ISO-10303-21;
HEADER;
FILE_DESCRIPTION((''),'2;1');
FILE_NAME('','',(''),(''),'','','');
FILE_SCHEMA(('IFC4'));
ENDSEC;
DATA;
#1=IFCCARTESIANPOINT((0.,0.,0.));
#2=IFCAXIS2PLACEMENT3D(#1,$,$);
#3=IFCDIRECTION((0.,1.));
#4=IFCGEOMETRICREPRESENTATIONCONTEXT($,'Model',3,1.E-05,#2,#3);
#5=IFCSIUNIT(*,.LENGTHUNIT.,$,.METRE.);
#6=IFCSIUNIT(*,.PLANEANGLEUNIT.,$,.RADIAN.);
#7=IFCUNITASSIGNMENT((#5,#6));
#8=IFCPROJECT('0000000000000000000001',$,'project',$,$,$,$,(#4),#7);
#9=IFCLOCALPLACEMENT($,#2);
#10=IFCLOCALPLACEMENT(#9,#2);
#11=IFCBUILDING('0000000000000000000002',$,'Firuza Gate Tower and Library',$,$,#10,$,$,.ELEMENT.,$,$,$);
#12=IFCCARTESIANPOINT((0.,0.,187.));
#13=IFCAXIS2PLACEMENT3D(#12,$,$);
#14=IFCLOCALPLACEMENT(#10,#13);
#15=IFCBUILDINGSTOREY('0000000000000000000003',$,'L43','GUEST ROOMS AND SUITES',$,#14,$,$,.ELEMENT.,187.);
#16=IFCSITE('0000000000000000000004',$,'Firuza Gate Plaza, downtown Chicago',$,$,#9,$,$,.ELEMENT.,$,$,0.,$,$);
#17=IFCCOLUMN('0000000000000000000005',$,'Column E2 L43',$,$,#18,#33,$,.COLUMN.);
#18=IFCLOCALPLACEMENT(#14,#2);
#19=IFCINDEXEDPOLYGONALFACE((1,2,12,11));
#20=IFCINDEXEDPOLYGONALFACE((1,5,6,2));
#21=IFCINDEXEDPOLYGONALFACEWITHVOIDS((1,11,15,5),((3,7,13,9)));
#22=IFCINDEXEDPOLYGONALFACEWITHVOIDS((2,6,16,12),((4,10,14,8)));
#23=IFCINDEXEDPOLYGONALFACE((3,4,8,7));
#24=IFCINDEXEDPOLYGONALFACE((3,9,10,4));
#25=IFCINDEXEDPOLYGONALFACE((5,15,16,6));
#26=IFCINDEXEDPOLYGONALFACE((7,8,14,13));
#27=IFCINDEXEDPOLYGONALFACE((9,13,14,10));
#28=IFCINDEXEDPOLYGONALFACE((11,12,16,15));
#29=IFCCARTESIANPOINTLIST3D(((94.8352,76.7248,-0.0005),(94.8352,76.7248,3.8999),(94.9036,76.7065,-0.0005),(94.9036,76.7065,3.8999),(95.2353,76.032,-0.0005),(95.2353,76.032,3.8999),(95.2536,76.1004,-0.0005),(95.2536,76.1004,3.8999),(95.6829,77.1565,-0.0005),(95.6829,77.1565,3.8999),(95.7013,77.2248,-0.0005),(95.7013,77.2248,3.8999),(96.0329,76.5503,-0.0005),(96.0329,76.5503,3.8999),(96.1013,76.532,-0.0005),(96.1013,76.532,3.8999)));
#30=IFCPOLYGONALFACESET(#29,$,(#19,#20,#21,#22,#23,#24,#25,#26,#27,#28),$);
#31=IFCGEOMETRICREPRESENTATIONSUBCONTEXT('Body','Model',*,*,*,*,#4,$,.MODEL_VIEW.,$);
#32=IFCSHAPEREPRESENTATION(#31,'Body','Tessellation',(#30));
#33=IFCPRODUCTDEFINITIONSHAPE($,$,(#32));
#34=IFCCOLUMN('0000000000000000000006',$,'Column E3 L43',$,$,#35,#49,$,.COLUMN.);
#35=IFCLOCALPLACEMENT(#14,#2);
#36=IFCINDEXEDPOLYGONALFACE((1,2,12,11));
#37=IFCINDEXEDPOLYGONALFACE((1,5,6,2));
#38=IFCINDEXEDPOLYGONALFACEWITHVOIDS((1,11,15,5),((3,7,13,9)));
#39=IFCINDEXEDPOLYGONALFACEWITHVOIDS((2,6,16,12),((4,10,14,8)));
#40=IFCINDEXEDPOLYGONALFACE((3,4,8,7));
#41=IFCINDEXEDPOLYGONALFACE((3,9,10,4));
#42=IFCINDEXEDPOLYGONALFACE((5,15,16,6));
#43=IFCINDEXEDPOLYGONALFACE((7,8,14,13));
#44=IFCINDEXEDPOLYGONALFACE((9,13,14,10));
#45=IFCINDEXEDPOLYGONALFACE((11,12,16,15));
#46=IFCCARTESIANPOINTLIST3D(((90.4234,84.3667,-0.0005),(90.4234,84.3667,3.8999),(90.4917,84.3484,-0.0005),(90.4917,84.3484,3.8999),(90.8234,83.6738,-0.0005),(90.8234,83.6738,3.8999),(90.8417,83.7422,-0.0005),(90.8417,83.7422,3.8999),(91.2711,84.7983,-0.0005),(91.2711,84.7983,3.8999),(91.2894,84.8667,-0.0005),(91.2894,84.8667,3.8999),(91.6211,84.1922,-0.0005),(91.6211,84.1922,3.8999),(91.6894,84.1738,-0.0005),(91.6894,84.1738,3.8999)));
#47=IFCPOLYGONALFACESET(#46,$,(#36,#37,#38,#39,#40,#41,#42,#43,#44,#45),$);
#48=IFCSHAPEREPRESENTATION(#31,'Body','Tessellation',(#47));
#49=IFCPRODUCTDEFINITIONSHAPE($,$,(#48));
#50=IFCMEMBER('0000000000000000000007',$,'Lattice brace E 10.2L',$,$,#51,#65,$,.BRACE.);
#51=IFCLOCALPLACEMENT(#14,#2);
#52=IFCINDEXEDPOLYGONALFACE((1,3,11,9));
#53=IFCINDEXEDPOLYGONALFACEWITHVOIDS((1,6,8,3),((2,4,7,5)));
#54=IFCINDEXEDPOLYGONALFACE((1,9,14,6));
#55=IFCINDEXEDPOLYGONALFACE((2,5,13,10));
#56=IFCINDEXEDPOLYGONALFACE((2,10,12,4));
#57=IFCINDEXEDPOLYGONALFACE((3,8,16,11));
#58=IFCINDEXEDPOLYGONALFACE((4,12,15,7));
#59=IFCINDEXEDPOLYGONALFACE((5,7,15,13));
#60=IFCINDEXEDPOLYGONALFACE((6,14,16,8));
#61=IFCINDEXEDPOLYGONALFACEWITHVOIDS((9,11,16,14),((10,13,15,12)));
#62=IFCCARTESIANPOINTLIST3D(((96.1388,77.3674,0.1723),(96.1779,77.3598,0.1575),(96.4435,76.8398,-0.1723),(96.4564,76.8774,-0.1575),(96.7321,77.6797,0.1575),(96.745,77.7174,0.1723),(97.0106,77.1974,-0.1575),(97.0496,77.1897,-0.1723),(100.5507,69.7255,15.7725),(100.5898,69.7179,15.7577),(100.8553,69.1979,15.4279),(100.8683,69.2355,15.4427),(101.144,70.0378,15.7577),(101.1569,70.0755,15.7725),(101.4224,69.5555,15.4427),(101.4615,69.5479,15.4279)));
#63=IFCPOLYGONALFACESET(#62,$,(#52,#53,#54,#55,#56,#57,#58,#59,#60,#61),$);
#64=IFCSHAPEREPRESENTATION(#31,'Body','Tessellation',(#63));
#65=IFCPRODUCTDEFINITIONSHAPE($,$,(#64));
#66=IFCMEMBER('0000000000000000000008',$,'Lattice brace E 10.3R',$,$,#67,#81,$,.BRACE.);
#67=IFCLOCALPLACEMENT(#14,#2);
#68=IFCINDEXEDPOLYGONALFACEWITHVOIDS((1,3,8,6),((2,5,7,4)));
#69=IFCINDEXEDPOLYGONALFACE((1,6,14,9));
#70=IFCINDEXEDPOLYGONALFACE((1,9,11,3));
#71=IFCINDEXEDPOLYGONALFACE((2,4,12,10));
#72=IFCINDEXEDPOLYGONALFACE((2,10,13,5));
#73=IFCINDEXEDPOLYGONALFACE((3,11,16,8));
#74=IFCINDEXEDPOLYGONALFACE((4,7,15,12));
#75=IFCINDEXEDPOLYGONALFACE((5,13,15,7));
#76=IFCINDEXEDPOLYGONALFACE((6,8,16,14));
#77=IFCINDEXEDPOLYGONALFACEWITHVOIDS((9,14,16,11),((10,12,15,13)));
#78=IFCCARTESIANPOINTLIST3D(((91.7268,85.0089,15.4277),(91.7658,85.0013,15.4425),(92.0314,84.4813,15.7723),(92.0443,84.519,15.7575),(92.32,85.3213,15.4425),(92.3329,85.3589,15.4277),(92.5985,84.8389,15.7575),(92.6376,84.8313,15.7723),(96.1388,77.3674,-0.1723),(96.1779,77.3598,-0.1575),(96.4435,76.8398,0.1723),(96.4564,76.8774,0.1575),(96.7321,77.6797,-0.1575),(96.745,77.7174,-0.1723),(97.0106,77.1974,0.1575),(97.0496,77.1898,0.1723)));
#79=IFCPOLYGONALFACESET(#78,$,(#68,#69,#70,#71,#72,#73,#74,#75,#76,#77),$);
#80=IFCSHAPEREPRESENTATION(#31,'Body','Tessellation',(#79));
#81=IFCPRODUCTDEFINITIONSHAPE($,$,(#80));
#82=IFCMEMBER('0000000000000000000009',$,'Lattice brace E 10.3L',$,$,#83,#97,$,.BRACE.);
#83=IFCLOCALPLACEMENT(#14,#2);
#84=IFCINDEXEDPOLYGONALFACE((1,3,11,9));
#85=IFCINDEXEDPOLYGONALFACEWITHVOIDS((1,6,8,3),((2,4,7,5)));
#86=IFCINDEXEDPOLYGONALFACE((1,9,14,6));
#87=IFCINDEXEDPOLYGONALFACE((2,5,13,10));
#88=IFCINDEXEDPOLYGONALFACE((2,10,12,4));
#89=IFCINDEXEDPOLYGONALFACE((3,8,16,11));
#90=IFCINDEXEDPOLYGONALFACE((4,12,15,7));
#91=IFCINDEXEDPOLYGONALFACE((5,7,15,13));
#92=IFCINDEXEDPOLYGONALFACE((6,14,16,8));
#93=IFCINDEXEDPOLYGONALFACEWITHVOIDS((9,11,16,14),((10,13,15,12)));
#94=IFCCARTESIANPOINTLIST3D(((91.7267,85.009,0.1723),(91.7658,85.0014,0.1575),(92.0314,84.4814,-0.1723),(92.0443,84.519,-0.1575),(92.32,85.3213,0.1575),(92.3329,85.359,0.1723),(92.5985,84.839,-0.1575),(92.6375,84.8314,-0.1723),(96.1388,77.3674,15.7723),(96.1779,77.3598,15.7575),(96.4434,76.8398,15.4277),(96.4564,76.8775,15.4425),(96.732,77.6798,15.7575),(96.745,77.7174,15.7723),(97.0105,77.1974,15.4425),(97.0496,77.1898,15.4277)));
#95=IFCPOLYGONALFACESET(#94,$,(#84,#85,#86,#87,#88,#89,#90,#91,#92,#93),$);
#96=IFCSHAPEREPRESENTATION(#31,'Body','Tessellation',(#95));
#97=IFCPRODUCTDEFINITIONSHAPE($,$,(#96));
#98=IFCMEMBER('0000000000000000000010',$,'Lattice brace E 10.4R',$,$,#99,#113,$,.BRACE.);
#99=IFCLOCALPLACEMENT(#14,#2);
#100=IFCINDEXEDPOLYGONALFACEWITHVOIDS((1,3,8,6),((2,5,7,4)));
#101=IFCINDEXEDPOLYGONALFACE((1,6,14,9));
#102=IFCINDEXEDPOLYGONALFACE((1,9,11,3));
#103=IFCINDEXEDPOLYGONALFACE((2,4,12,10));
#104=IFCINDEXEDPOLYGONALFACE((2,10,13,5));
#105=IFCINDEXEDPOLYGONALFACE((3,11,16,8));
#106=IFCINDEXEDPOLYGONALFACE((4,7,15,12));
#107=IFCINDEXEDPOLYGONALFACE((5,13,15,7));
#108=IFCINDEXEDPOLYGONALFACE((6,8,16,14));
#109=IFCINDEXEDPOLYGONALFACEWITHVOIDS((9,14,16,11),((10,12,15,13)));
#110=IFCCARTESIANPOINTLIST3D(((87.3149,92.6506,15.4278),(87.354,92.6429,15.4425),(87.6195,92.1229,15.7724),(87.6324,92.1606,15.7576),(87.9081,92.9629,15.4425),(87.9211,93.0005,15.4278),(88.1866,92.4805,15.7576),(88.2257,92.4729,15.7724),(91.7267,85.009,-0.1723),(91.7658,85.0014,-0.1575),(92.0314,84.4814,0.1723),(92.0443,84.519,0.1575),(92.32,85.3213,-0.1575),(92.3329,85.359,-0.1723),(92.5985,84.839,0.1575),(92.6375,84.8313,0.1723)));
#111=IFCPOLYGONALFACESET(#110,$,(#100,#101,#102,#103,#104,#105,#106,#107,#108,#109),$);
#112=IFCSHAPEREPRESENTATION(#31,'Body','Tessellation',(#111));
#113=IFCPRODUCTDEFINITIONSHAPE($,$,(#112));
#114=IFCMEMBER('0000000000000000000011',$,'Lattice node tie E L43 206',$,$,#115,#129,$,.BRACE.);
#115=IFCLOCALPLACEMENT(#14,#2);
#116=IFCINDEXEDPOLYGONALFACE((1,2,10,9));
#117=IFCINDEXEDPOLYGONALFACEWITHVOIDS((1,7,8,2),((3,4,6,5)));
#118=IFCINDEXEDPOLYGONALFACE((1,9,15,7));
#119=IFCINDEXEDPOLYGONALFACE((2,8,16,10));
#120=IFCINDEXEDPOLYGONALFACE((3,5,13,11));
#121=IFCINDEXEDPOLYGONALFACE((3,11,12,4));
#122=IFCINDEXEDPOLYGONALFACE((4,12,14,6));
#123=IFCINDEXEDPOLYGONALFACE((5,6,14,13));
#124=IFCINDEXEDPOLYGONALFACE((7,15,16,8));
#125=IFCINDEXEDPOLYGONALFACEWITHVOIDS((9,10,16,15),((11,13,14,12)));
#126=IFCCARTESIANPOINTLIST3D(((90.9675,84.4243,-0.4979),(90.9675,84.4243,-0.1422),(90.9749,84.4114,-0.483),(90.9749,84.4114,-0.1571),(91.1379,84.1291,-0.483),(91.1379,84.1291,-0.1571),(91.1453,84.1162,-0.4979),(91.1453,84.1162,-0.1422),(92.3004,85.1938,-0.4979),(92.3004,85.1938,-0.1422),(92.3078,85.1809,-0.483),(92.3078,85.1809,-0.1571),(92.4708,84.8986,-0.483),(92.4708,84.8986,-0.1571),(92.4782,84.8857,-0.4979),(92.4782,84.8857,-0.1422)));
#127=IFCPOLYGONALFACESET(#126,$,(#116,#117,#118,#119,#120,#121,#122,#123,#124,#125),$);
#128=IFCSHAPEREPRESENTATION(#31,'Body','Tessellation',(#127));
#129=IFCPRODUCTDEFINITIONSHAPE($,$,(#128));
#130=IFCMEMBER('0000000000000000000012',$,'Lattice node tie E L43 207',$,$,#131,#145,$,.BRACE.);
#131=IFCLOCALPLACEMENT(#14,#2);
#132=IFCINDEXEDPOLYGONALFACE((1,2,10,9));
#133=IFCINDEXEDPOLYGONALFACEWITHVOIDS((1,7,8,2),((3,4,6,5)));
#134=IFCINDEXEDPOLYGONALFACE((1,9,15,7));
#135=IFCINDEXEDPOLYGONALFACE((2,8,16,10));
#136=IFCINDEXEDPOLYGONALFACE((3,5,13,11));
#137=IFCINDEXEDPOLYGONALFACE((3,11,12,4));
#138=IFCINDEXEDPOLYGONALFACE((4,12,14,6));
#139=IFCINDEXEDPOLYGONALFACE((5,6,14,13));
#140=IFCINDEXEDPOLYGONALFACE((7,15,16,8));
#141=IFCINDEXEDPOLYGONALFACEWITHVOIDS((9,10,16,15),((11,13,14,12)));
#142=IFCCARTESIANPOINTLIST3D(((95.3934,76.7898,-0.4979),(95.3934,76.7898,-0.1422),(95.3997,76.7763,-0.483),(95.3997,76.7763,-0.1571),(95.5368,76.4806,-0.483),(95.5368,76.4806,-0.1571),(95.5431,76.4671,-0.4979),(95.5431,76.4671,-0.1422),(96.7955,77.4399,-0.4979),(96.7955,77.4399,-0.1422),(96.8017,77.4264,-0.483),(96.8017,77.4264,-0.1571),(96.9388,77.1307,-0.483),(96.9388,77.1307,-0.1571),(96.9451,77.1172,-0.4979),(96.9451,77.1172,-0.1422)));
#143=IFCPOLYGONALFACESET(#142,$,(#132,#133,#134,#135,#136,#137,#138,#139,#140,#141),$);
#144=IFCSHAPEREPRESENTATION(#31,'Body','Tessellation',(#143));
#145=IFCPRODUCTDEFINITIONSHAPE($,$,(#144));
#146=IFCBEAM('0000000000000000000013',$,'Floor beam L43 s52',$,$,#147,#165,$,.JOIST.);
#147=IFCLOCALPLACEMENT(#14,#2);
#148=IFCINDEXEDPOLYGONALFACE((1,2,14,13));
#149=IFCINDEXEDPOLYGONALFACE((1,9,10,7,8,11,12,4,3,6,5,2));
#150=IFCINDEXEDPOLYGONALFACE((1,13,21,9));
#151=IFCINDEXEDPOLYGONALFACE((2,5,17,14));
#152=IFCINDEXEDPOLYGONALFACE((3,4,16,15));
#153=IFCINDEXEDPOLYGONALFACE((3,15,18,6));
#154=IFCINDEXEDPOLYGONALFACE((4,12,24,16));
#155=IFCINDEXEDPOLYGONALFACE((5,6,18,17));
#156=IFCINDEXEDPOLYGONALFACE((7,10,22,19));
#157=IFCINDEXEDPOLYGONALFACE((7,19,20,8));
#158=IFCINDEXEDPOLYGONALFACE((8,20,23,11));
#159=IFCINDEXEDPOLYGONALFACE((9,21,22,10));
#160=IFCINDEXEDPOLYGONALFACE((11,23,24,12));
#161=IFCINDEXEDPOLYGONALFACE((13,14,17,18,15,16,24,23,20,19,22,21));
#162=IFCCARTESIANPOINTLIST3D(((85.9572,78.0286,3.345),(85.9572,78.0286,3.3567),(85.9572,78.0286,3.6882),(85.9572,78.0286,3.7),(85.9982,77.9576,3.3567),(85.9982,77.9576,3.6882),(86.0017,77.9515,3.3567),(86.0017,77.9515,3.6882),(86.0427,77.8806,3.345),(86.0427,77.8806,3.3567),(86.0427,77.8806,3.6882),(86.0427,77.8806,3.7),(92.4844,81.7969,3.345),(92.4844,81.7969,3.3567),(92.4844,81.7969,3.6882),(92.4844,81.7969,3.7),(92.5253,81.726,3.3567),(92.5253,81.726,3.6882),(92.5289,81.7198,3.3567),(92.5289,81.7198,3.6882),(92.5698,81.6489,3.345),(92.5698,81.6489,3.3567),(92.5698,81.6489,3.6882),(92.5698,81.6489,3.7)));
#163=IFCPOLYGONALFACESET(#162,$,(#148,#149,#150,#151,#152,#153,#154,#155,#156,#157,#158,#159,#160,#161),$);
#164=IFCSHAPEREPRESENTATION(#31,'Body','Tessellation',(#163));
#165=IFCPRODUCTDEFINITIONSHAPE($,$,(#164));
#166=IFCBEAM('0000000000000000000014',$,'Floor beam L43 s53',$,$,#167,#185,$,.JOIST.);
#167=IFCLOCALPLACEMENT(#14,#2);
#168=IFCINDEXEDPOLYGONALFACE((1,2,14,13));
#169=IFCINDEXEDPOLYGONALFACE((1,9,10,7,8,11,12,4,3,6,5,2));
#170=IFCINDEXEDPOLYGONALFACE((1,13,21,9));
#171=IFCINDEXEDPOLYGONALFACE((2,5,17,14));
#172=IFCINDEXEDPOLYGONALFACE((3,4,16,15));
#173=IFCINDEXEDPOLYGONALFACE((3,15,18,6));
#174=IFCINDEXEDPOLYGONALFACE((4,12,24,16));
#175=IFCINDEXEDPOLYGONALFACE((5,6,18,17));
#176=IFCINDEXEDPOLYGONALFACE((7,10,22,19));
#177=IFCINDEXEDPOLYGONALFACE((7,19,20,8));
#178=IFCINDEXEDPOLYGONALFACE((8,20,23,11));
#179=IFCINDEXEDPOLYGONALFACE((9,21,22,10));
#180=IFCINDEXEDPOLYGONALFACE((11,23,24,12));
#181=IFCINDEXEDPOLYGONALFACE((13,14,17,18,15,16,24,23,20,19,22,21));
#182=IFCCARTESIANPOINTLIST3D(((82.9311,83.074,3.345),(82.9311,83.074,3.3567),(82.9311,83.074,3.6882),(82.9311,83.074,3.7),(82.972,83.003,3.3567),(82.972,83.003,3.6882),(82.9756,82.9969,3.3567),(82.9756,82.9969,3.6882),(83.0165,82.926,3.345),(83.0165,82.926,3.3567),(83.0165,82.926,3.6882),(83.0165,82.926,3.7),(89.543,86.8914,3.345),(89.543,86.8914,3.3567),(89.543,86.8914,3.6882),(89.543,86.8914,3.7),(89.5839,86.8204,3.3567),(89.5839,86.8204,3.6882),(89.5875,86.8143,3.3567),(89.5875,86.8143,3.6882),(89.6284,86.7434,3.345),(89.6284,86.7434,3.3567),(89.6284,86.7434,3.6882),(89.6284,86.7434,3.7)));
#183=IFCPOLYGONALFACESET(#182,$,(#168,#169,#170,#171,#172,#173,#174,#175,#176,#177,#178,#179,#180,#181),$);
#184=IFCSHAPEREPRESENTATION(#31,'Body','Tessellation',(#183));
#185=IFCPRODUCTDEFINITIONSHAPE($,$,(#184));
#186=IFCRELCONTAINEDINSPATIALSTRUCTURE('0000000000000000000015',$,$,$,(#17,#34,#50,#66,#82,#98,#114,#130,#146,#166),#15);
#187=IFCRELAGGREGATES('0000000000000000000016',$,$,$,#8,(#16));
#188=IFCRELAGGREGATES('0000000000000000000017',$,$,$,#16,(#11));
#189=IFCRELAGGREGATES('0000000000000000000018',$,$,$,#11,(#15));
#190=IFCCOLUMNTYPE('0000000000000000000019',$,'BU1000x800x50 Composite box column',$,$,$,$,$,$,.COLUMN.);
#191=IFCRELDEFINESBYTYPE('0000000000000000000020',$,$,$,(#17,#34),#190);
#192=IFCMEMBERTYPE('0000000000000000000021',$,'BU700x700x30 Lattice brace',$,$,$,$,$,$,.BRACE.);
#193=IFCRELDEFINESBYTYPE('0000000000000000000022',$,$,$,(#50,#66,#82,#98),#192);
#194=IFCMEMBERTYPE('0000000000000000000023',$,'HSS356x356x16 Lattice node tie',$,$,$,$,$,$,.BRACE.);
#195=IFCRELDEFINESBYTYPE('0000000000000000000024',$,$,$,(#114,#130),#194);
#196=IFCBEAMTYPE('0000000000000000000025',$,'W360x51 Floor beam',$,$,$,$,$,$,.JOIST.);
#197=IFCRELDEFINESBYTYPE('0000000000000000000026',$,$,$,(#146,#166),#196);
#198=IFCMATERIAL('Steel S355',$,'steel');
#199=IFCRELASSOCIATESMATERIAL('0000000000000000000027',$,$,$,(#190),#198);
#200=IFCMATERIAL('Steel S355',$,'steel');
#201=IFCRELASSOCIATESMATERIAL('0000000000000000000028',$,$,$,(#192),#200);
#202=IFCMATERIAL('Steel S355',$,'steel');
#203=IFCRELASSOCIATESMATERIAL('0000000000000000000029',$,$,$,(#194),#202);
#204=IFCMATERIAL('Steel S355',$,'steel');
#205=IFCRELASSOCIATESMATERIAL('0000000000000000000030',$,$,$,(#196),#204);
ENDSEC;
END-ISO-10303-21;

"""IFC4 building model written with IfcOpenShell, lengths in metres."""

from ifc_helpers import new_model, si_unit, direction, frame, origin, origin_2d, place, context, subcontext, project, spatial, hollow_rectangle, i_section, extrude, material, material_profile, profile_set, type_object, element, save


model = new_model("IFC4")

# Units and contexts
model_context = context("Model", 3, precision=1e-05, world=origin(), true_north=direction((0.0, 1.0)))
body_context = subcontext(model_context, "Body", "Model", "MODEL_VIEW")
ifc_project = project(units=[si_unit("LENGTHUNIT", "METRE"), si_unit("PLANEANGLEUNIT", "RADIAN")], contexts=[model_context])

# Site, building, storey
site_placement = place(None, origin())
site = spatial("IfcSite", under=ifc_project, at=site_placement, Name="Firuza Gate Plaza, downtown Chicago", CompositionType="ELEMENT", RefElevation=0.0)
building_placement = place(site_placement, origin())
building = spatial("IfcBuilding", under=site, at=building_placement, Name="Firuza Gate Tower and Library", CompositionType="ELEMENT")
storey_placement = place(building_placement, frame((0.0, 0.0, 187.0)))
storey = spatial("IfcBuildingStorey", under=building, at=storey_placement, Name="L43", Description="GUEST ROOMS AND SUITES", CompositionType="ELEMENT", Elevation=187.0)

# Columns
ifc_material_1 = material(Name="Steel S355", Category="steel")
ifc_material_profile_1 = material_profile(ifc_material_1, hollow_rectangle(XDim=0.8, YDim=1.0, WallThickness=0.05, at=origin_2d()))
ifc_profile_set_1 = profile_set([ifc_material_profile_1], Name="Steel S355")
column_type = type_object("IfcColumnType", Name="BU1000x800x50 Composite box column", PredefinedType="COLUMN", material=ifc_profile_set_1)
for number, where, z_axis, x_axis, name in (
    (1, (95.4683, 76.6284, -0.0005), (0.0, 0.0, 1.0), (-0.5, 0.866025, 0.0), "Column E2 L43"),
    (2, (91.0564, 84.2703, -0.0005), (0.0, 0.0, 1.0), (-0.5, 0.866025, 0.0), "Column E3 L43"),
):
    element("IfcColumn", number, at=place(storey_placement, frame(where, z_axis=z_axis, x_axis=x_axis)), inside=storey, type_object=column_type, Name=name, PredefinedType="COLUMN", context=body_context, shape_type="SweptSolid", body=[
        extrude(hollow_rectangle(XDim=0.8, YDim=1.0, WallThickness=0.05, at=origin_2d()), origin(), (0.0, 0.0, 1.0), 3.9004),
    ])

# Members
ifc_material_2 = material(Name="Steel S355", Category="steel")
ifc_material_profile_2 = material_profile(ifc_material_2, hollow_rectangle(XDim=0.7, YDim=0.7, WallThickness=0.03, at=origin_2d()))
ifc_profile_set_2 = profile_set([ifc_material_profile_2], Name="Steel S355")
member_type_1 = type_object("IfcMemberType", Name="BU700x700x30 Lattice brace", PredefinedType="BRACE", material=ifc_profile_set_2)
member_1_placement = place(storey_placement, frame((96.5942, 77.2786, 0.0), z_axis=(0.24616, -0.426377, 0.870407), x_axis=(0.866033, 0.499987, 0.0)))
element("IfcMember", 3, at=member_1_placement, inside=storey, type_object=member_type_1, Name="Lattice brace E 10.2L", PredefinedType="BRACE", context=body_context, shape_type="SweptSolid", body=[
    extrude(hollow_rectangle(XDim=0.7, YDim=0.7, WallThickness=0.03, at=origin_2d()), origin(), (0.0, 0.0, 1.0), 17.9229),
])
for number, where, z_axis, x_axis, name in (
    (4, (96.5942, 77.2786, 0.0), (-0.246174, 0.426364, 0.870409), (-0.866014, -0.500019, 0.0), "Lattice brace E 10.3R"),
    (5, (92.1821, 84.9202, 0.0), (0.246174, -0.426364, 0.870409), (0.866014, 0.500019, 0.0), "Lattice brace E 10.3L"),
    (6, (92.1821, 84.9202, 0.0), (-0.246161, 0.426365, 0.870412), (-0.866026, -0.499999, 0.0), "Lattice brace E 10.4R"),
):
    element("IfcMember", number, at=place(storey_placement, frame(where, z_axis=z_axis, x_axis=x_axis)), inside=storey, type_object=member_type_1, Name=name, PredefinedType="BRACE", context=body_context, shape_type="SweptSolid", body=[
        extrude(hollow_rectangle(XDim=0.7, YDim=0.7, WallThickness=0.03, at=origin_2d()), origin(), (0.0, 0.0, 1.0), 17.9226),
    ])
ifc_material_3 = material(Name="Steel S355", Category="steel")
ifc_material_profile_3 = material_profile(ifc_material_3, hollow_rectangle(XDim=0.3557, YDim=0.3557, WallThickness=0.0149, at=origin_2d()))
ifc_profile_set_3 = profile_set([ifc_material_profile_3], Name="Steel S355")
member_type_2 = type_object("IfcMemberType", Name="HSS356x356x16 Lattice node tie", PredefinedType="BRACE", material=ifc_profile_set_3)
member_2_placement = place(storey_placement, frame((91.0564, 84.2703, -0.3201), z_axis=(0.866048, 0.49996, 0.0), x_axis=(-0.49996, 0.866048, 0.0)))
element("IfcMember", 7, at=member_2_placement, inside=storey, type_object=member_type_2, Name="Lattice node tie E L43 206", PredefinedType="BRACE", context=body_context, shape_type="SweptSolid", body=[
    extrude(hollow_rectangle(XDim=0.3557, YDim=0.3557, WallThickness=0.0149, at=origin_2d()), origin(), (0.0, 0.0, 1.0), 1.5391),
])
member_3_placement = place(storey_placement, frame((95.4683, 76.6284, -0.3201), z_axis=(0.907214, 0.42067, 0.0), x_axis=(-0.42067, 0.907214, 0.0)))
element("IfcMember", 8, at=member_3_placement, inside=storey, type_object=member_type_2, Name="Lattice node tie E L43 207", PredefinedType="BRACE", context=body_context, shape_type="SweptSolid", body=[
    extrude(hollow_rectangle(XDim=0.3557, YDim=0.3557, WallThickness=0.0149, at=origin_2d()), origin(), (0.0, 0.0, 1.0), 1.5454),
])

# Beams
ifc_material_4 = material(Name="Steel S355", Category="steel")
ifc_material_profile_4 = material_profile(ifc_material_4, i_section(OverallWidth=0.1709, OverallDepth=0.355, WebThickness=0.0071, FlangeThickness=0.0117, at=origin_2d()))
ifc_profile_set_4 = profile_set([ifc_material_profile_4], Name="Steel S355")
beam_type_1 = type_object("IfcBeamType", Name="W360x51 Floor beam", PredefinedType="JOIST", material=ifc_profile_set_4)
beam_1_placement = place(storey_placement, frame((92.5271, 81.7229, 3.5225), z_axis=(-0.866032, -0.499989, 0.0), x_axis=(0.499989, -0.866032, 0.0)))
element("IfcBeam", 9, at=beam_1_placement, inside=storey, type_object=beam_type_1, Name="Floor beam L43 s52", PredefinedType="JOIST", context=body_context, shape_type="SweptSolid", body=[
    extrude(i_section(OverallWidth=0.1709, OverallDepth=0.355, WebThickness=0.0071, FlangeThickness=0.0117, at=origin_2d()), origin(), (0.0, 0.0, 1.0), 7.5369),
])
beam_2_placement = place(storey_placement, frame((89.5857, 86.8174, 3.5225), z_axis=(-0.866023, -0.500005, 0.0), x_axis=(0.500005, -0.866023, 0.0)))
element("IfcBeam", 10, at=beam_2_placement, inside=storey, type_object=beam_type_1, Name="Floor beam L43 s53", PredefinedType="JOIST", context=body_context, shape_type="SweptSolid", body=[
    extrude(i_section(OverallWidth=0.1709, OverallDepth=0.355, WebThickness=0.0071, FlangeThickness=0.0117, at=origin_2d()), origin(), (0.0, 0.0, 1.0), 7.6348),
])

save(model, "model.ifc")
